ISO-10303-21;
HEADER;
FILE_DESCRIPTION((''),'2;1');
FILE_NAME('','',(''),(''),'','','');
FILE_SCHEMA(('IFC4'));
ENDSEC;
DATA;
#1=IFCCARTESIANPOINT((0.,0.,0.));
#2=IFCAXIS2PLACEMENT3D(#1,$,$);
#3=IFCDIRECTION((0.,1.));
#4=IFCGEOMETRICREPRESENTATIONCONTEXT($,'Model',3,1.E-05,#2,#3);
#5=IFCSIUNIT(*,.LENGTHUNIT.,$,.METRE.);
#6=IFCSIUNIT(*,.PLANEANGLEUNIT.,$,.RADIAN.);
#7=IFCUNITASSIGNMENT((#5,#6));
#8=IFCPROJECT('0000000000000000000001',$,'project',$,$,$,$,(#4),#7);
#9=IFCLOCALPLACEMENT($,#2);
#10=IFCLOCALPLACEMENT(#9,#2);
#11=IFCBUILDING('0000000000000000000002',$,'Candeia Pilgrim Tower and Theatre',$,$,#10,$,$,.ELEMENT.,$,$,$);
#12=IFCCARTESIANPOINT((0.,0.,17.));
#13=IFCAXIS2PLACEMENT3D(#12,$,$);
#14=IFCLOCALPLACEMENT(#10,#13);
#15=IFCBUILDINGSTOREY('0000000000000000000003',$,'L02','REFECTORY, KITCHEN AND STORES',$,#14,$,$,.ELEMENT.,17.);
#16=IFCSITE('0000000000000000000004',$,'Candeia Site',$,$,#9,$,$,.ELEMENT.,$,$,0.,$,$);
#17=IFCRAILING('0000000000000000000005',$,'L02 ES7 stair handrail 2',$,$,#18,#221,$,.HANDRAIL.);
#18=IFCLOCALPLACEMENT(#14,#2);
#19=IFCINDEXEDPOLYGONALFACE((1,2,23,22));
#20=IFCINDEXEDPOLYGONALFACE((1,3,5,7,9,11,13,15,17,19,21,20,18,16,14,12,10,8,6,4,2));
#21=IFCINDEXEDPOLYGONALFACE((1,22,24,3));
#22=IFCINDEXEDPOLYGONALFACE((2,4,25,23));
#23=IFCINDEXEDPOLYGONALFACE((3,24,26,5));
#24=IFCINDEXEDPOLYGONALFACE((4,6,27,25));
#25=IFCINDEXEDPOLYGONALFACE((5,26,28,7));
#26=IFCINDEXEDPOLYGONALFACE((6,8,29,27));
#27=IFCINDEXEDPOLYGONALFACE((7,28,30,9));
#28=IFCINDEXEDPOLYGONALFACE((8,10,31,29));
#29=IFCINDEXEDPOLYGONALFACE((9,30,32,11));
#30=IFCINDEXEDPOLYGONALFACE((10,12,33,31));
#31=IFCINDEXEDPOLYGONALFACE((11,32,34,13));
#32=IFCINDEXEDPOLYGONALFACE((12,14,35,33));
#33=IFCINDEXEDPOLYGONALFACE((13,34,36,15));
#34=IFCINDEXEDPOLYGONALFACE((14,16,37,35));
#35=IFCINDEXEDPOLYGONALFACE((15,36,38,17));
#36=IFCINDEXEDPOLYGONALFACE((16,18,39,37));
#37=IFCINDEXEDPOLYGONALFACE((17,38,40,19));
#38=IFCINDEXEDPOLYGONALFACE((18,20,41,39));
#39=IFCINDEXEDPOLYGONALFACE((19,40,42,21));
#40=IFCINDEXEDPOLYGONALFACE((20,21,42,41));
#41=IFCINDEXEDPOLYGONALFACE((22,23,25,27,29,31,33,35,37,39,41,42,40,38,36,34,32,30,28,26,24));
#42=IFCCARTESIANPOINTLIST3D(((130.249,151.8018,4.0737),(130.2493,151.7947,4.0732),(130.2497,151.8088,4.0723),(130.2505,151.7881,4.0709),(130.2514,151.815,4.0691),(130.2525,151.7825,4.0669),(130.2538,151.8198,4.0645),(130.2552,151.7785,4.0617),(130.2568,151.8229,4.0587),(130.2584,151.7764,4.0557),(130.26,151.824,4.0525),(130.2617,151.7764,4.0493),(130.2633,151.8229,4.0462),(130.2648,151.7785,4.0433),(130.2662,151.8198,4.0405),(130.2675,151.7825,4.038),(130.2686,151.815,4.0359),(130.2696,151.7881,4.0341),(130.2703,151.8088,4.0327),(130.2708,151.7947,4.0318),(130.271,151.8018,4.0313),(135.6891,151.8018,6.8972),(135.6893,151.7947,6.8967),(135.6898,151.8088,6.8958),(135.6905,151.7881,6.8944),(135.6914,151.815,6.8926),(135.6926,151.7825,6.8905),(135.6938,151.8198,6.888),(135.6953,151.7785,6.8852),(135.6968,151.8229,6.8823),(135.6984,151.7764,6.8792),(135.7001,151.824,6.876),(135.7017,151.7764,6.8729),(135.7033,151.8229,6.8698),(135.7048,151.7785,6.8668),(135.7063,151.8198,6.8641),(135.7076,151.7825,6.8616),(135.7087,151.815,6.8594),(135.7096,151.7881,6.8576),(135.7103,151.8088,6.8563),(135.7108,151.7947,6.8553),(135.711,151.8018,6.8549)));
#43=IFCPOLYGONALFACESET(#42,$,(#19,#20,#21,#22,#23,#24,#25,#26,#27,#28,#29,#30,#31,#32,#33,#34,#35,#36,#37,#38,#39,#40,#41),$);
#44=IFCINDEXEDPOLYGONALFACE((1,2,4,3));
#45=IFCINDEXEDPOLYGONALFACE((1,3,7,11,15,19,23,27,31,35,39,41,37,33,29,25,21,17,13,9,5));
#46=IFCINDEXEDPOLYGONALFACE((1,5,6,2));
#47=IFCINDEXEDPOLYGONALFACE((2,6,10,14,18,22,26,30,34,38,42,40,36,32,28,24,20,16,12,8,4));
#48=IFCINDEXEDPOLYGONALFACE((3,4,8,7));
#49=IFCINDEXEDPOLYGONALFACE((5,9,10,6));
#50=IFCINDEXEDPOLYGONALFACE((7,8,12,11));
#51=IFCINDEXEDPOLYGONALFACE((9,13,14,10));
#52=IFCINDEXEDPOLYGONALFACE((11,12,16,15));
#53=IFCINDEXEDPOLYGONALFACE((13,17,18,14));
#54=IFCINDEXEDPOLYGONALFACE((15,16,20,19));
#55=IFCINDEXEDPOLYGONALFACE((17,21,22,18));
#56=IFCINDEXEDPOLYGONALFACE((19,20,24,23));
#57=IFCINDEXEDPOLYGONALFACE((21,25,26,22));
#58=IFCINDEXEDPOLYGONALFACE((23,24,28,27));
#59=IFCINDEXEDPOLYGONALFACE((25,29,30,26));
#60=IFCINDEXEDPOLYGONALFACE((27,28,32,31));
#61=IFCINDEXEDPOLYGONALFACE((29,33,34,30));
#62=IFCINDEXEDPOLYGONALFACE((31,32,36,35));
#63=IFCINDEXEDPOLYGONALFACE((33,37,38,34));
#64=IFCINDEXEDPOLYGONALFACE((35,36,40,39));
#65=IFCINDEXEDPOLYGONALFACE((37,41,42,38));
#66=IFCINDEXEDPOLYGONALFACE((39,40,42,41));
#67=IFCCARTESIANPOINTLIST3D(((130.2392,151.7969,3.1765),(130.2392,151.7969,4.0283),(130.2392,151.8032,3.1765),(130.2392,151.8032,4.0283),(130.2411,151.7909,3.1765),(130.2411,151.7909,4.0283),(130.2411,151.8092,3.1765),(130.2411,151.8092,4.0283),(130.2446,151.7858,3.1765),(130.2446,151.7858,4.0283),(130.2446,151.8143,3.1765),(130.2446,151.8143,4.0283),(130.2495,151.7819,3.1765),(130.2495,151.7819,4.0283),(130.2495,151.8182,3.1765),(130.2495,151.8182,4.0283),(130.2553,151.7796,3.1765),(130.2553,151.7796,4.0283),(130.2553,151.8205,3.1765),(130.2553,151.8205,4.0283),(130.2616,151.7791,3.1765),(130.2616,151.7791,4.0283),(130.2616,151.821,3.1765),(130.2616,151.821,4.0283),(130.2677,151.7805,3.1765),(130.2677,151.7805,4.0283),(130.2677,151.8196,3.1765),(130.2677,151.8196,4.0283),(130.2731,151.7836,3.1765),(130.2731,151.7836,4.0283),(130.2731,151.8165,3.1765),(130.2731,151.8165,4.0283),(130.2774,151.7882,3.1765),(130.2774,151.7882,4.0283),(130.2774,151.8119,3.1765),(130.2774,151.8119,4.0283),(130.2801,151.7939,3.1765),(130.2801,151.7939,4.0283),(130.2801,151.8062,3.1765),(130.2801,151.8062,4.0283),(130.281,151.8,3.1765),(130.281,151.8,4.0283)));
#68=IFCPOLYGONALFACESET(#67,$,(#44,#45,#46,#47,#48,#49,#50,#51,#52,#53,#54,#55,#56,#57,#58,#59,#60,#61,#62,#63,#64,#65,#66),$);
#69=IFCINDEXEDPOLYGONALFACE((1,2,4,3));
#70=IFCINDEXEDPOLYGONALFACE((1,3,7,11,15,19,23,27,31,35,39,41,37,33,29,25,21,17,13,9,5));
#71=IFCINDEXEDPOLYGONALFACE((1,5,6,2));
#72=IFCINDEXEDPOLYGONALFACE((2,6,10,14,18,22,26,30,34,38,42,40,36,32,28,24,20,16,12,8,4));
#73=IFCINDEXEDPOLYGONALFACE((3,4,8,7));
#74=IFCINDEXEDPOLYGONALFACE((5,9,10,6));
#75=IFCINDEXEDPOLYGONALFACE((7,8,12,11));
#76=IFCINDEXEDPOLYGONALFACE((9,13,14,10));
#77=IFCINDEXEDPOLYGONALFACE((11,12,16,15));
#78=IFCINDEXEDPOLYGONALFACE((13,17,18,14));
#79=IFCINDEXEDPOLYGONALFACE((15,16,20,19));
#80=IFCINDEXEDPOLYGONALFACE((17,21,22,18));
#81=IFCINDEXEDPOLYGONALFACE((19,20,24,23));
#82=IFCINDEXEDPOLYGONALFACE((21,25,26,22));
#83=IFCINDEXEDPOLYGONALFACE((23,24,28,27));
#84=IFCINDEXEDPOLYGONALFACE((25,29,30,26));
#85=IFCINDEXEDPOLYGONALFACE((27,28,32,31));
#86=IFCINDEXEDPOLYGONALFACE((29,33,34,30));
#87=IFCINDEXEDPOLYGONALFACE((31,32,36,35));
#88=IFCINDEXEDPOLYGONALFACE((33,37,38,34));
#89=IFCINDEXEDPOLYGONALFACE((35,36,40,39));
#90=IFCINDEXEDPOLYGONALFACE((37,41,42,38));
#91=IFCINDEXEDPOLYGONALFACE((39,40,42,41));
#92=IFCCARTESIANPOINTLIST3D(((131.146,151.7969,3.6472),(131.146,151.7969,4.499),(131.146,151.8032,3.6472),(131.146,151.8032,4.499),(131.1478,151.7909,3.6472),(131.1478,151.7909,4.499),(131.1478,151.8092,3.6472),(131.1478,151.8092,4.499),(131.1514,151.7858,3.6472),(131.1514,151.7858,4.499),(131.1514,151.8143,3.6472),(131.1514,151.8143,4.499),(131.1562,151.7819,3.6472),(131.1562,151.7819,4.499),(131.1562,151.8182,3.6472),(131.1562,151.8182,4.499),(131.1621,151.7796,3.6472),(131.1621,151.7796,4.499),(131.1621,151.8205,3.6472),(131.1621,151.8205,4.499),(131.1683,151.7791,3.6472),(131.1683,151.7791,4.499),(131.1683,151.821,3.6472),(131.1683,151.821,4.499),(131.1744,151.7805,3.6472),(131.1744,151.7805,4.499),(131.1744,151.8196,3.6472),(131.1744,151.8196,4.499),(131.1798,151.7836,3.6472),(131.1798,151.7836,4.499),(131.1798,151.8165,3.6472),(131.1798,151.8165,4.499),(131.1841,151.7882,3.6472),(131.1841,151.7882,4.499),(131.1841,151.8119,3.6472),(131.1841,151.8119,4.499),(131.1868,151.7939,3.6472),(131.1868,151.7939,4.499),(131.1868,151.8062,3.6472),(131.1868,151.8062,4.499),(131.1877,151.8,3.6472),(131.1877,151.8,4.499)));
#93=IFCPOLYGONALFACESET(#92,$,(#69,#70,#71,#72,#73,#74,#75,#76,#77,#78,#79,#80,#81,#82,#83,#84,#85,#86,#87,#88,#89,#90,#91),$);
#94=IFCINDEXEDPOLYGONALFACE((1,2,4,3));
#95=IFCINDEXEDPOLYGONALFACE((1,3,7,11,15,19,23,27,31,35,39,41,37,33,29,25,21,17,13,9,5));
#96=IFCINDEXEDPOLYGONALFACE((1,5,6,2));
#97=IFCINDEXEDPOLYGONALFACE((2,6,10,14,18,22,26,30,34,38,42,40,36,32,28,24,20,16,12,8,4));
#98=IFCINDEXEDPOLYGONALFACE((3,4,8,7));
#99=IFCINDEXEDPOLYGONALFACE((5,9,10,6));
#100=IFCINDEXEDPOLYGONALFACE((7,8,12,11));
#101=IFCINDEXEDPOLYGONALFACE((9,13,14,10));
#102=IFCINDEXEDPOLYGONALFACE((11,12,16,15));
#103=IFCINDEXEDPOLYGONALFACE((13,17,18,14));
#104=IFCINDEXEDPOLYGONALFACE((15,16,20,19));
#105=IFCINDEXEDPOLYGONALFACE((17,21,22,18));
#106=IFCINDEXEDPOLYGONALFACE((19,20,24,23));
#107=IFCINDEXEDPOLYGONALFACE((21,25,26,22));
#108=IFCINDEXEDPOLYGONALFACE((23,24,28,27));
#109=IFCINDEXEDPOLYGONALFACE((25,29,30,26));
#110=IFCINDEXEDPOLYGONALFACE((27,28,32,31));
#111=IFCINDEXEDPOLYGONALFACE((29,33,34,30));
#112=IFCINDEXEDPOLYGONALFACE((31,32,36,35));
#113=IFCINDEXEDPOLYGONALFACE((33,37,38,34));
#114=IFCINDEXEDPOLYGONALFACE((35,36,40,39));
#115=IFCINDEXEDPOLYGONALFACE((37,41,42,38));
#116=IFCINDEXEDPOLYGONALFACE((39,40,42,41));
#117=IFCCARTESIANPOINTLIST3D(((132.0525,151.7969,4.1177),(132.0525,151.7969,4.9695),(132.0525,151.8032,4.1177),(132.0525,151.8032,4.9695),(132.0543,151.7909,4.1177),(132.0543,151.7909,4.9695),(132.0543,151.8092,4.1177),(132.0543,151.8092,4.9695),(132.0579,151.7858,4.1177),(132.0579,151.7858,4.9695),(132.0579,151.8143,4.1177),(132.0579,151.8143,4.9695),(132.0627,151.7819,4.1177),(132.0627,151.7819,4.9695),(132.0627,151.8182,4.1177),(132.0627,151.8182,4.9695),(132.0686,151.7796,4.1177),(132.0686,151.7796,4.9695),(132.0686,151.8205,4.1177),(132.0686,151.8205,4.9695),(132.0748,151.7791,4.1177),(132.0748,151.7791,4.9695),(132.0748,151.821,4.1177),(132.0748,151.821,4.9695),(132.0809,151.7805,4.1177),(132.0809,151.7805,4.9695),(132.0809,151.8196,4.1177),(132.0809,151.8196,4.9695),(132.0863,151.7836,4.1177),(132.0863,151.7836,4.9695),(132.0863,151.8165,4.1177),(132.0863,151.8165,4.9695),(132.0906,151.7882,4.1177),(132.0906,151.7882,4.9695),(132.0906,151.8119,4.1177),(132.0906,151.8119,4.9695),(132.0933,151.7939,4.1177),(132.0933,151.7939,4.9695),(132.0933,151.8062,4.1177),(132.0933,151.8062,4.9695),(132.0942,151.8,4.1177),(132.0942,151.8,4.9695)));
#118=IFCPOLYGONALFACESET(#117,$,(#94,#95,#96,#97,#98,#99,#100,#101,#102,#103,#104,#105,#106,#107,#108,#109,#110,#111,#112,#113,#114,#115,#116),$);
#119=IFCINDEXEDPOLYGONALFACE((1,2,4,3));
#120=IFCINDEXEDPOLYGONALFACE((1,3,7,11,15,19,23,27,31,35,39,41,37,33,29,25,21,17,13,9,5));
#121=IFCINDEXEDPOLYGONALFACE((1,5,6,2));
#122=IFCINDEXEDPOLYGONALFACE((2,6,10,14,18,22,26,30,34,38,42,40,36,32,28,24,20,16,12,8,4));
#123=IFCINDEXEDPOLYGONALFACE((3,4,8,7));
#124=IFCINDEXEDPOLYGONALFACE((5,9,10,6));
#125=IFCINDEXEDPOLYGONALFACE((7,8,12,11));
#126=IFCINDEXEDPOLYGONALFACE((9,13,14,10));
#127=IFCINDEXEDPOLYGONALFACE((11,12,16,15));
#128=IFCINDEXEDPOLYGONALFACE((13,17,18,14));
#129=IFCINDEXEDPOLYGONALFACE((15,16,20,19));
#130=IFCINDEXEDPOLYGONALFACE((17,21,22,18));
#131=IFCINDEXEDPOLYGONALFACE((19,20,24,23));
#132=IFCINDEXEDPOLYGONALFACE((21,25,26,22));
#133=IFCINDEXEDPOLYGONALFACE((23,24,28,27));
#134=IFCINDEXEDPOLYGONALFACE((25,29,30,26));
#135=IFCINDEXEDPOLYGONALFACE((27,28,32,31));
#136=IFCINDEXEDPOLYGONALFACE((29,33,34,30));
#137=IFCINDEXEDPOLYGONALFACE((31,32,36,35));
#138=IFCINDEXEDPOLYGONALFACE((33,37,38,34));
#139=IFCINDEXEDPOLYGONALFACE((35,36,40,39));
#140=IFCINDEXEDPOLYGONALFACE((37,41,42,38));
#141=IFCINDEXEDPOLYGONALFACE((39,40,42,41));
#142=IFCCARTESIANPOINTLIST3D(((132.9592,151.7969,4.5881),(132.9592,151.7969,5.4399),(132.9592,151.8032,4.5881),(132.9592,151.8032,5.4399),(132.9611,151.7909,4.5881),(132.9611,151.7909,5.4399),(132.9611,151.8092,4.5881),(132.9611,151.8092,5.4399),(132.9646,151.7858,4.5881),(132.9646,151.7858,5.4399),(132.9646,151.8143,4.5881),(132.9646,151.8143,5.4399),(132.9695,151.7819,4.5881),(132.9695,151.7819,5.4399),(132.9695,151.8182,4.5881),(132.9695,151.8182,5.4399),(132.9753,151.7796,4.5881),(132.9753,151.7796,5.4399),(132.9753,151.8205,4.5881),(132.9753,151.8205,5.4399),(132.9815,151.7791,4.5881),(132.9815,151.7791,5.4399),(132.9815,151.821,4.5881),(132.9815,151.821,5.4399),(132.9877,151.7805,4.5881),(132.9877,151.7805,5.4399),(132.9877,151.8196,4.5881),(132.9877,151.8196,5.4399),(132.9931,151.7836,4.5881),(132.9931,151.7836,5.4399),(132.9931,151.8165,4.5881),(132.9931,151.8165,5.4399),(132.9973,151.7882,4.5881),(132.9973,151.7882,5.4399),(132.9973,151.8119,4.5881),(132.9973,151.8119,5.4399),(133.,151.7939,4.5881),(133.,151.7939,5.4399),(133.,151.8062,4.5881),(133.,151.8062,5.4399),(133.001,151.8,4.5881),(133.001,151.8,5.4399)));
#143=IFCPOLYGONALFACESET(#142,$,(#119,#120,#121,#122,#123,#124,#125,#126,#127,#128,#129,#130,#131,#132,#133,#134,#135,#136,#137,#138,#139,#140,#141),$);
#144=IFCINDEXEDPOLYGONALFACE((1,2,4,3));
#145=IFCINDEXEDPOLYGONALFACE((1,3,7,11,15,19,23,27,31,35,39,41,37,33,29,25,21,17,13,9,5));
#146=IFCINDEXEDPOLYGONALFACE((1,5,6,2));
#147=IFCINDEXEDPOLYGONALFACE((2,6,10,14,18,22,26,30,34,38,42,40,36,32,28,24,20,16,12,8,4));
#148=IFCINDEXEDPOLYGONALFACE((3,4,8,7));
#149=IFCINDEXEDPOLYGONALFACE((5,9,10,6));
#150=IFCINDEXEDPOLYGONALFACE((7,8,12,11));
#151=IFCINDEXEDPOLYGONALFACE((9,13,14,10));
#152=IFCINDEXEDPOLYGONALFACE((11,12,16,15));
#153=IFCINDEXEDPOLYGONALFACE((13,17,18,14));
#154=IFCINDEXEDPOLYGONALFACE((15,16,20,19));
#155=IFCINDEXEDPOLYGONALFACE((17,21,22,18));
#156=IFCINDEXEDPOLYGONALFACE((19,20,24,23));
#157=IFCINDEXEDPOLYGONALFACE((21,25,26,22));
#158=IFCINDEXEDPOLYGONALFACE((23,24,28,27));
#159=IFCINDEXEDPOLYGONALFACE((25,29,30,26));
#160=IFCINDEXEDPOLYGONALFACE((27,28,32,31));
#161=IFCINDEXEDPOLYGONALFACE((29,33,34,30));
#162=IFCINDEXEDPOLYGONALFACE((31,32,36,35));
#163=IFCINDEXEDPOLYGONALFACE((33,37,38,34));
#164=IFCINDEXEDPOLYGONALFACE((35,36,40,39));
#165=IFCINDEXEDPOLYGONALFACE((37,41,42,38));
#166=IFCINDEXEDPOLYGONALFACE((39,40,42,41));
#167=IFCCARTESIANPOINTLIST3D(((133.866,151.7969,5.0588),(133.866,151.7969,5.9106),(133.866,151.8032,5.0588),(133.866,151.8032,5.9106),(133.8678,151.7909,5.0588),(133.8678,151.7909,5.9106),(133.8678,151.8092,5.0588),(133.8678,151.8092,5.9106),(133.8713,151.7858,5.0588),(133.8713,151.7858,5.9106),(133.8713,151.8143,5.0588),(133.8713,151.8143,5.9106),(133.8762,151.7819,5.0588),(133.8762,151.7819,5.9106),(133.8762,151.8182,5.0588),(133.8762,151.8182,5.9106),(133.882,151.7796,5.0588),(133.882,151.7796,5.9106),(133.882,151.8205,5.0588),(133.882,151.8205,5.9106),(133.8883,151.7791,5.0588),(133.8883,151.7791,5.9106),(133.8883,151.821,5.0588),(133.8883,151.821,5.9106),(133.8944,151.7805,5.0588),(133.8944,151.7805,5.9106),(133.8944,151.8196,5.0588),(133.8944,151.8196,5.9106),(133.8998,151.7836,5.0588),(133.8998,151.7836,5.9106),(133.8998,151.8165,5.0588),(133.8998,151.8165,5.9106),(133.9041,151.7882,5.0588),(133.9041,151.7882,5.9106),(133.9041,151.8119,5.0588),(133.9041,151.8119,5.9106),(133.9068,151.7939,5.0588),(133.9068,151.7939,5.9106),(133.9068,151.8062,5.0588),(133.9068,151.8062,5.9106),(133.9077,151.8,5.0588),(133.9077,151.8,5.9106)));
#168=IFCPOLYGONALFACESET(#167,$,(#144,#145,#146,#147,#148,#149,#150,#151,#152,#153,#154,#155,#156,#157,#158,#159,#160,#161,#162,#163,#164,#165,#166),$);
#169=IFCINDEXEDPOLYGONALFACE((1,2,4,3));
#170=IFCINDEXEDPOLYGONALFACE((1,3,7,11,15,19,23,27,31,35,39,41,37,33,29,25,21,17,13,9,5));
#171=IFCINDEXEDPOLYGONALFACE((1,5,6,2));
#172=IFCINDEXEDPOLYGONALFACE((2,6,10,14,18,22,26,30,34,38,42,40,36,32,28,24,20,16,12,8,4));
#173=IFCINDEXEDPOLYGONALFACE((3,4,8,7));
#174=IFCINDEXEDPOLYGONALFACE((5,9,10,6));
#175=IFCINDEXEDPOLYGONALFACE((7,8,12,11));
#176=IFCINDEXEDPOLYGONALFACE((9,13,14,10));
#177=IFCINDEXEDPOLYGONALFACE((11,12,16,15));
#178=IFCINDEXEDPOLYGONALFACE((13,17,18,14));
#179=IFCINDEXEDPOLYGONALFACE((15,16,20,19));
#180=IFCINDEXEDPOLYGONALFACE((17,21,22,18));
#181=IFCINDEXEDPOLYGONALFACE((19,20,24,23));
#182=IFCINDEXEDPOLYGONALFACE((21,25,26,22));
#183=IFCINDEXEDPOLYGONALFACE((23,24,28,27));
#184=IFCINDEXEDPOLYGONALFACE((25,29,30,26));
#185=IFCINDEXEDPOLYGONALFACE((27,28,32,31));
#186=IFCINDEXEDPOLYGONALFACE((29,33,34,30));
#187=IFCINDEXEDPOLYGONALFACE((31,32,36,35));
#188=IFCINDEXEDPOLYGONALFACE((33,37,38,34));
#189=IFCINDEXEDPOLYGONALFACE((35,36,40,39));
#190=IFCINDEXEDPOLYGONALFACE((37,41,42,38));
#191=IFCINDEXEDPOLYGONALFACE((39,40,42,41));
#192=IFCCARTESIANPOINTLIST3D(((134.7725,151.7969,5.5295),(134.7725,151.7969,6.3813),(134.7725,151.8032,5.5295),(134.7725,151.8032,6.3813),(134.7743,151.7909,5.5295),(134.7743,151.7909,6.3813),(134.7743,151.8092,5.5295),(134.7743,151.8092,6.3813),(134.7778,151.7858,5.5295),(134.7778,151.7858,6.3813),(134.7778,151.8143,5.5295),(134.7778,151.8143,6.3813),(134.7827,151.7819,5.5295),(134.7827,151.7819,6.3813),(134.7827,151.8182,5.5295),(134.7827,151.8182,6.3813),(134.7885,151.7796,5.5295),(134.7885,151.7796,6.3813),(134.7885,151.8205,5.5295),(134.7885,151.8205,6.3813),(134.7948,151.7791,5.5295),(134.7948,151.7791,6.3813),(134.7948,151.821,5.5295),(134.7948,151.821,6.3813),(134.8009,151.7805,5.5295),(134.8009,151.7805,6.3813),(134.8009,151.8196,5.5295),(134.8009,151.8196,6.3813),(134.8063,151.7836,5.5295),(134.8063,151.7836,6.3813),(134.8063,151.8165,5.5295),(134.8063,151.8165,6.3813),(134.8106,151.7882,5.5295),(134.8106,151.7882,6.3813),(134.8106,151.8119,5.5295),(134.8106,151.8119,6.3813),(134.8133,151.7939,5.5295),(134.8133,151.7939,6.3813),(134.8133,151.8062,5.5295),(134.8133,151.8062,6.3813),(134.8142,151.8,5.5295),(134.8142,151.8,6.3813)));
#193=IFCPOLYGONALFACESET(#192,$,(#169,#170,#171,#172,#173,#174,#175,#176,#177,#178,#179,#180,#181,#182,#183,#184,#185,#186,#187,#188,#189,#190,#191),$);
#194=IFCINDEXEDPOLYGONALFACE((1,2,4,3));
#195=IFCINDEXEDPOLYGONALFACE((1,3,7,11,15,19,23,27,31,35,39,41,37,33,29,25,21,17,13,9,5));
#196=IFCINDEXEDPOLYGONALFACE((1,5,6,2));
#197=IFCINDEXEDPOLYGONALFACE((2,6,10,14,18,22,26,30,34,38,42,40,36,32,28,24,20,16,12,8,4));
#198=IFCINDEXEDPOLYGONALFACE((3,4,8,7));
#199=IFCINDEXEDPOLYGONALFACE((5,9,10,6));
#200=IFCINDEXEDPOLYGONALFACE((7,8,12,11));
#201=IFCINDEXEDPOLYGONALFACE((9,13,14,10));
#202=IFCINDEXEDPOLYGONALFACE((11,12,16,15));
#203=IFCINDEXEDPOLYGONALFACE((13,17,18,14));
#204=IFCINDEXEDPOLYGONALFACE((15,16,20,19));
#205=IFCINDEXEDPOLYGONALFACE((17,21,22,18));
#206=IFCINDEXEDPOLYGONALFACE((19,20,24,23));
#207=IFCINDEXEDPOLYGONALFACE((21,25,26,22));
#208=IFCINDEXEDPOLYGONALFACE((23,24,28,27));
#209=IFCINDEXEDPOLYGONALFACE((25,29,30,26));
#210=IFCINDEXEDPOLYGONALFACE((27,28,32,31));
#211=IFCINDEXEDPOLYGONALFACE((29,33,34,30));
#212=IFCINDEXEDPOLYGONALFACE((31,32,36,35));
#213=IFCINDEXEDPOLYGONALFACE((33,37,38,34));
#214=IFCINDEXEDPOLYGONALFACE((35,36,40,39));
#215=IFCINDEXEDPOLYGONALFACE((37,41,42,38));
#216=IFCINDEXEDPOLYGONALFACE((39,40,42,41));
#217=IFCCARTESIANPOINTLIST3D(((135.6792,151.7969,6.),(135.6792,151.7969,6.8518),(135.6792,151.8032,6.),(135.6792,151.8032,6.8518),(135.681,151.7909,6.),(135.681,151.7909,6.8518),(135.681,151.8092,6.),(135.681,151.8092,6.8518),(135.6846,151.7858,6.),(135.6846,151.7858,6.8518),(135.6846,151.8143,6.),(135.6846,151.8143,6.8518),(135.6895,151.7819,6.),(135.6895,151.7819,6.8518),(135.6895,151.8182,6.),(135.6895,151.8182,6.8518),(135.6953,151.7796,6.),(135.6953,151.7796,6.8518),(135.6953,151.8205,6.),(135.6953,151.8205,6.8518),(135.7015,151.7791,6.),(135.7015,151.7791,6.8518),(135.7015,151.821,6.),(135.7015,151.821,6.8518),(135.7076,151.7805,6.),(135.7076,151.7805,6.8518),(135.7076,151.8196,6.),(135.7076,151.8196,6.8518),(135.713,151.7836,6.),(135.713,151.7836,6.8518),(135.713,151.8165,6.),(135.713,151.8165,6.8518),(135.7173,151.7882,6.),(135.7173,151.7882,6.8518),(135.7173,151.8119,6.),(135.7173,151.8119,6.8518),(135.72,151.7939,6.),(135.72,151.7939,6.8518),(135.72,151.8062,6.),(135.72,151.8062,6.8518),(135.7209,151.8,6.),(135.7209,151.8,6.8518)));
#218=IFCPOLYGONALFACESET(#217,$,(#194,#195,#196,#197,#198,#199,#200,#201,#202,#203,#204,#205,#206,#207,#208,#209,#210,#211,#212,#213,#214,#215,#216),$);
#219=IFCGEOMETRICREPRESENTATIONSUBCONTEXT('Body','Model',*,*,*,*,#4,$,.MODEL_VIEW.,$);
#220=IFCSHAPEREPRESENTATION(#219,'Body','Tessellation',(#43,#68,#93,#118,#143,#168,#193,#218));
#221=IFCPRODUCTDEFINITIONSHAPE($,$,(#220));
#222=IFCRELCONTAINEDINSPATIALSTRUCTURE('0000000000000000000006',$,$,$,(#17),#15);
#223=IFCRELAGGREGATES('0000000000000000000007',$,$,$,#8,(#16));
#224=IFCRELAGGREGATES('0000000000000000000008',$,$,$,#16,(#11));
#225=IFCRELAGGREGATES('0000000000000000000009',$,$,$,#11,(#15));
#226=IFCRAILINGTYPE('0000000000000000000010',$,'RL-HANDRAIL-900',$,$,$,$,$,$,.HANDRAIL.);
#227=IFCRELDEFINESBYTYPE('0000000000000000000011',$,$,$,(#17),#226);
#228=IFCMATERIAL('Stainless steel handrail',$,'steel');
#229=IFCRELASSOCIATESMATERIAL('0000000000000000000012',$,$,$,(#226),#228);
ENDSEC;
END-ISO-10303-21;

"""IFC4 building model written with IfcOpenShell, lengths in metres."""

from ifc_helpers import new_model, si_unit, direction, frame, origin, origin_2d, place, context, subcontext, project, spatial, circle, extrude, material, type_object, element, save


model = new_model("IFC4")

# Units and contexts
model_context = context("Model", 3, precision=1e-05, world=origin(), true_north=direction((0.0, 1.0)))
body_context = subcontext(model_context, "Body", "Model", "MODEL_VIEW")
ifc_project = project(units=[si_unit("LENGTHUNIT", "METRE"), si_unit("PLANEANGLEUNIT", "RADIAN")], contexts=[model_context])

# Site, building, storey
site_placement = place(None, origin())
site = spatial("IfcSite", under=ifc_project, at=site_placement, Name="Candeia Site", CompositionType="ELEMENT", RefElevation=0.0)
building_placement = place(site_placement, origin())
building = spatial("IfcBuilding", under=site, at=building_placement, Name="Candeia Pilgrim Tower and Theatre", CompositionType="ELEMENT")
storey_placement = place(building_placement, frame((0.0, 0.0, 17.0)))
storey = spatial("IfcBuildingStorey", under=building, at=storey_placement, Name="L02", Description="REFECTORY, KITCHEN AND STORES", CompositionType="ELEMENT", Elevation=17.0)

# Railing
ifc_material_1 = material(Name="Stainless steel handrail", Category="steel")
railing_type_1 = type_object("IfcRailingType", Name="RL-HANDRAIL-900", PredefinedType="HANDRAIL", material=ifc_material_1)
railing_1_placement = place(storey_placement, frame((130.26, 151.8, 3.1765)))
element("IfcRailing", 1, at=railing_1_placement, inside=storey, type_object=railing_type_1, Name="L02 ES7 stair handrail 2", PredefinedType="HANDRAIL", context=body_context, shape_type="SweptSolid", body=[
    extrude(circle(Radius=0.0239, at=origin_2d()), frame((0.0, 0.0, 0.876), z_axis=(0.887569, 0.0, 0.460674), x_axis=(0.0, 1.0, 0.0)), (0.0, 0.0, 1.0), 6.1292),
    extrude(circle(Radius=0.021, at=origin_2d()), origin(), (0.0, 0.0, 1.0), 0.8518),
    extrude(circle(Radius=0.021, at=origin_2d()), frame((0.9067, 0.0, 0.4707)), (0.0, 0.0, 1.0), 0.8518),
    extrude(circle(Radius=0.021, at=origin_2d()), frame((1.8132, 0.0, 0.9412)), (0.0, 0.0, 1.0), 0.8518),
    extrude(circle(Radius=0.021, at=origin_2d()), frame((2.72, 0.0, 1.4116)), (0.0, 0.0, 1.0), 0.8518),
    extrude(circle(Radius=0.021, at=origin_2d()), frame((3.6267, 0.0, 1.8823)), (0.0, 0.0, 1.0), 0.8518),
    extrude(circle(Radius=0.021, at=origin_2d()), frame((4.5332, 0.0, 2.353)), (0.0, 0.0, 1.0), 0.8518),
    extrude(circle(Radius=0.021, at=origin_2d()), frame((5.4399, 0.0, 2.8235)), (0.0, 0.0, 1.0), 0.8518),
])

save(model, "model.ifc")
